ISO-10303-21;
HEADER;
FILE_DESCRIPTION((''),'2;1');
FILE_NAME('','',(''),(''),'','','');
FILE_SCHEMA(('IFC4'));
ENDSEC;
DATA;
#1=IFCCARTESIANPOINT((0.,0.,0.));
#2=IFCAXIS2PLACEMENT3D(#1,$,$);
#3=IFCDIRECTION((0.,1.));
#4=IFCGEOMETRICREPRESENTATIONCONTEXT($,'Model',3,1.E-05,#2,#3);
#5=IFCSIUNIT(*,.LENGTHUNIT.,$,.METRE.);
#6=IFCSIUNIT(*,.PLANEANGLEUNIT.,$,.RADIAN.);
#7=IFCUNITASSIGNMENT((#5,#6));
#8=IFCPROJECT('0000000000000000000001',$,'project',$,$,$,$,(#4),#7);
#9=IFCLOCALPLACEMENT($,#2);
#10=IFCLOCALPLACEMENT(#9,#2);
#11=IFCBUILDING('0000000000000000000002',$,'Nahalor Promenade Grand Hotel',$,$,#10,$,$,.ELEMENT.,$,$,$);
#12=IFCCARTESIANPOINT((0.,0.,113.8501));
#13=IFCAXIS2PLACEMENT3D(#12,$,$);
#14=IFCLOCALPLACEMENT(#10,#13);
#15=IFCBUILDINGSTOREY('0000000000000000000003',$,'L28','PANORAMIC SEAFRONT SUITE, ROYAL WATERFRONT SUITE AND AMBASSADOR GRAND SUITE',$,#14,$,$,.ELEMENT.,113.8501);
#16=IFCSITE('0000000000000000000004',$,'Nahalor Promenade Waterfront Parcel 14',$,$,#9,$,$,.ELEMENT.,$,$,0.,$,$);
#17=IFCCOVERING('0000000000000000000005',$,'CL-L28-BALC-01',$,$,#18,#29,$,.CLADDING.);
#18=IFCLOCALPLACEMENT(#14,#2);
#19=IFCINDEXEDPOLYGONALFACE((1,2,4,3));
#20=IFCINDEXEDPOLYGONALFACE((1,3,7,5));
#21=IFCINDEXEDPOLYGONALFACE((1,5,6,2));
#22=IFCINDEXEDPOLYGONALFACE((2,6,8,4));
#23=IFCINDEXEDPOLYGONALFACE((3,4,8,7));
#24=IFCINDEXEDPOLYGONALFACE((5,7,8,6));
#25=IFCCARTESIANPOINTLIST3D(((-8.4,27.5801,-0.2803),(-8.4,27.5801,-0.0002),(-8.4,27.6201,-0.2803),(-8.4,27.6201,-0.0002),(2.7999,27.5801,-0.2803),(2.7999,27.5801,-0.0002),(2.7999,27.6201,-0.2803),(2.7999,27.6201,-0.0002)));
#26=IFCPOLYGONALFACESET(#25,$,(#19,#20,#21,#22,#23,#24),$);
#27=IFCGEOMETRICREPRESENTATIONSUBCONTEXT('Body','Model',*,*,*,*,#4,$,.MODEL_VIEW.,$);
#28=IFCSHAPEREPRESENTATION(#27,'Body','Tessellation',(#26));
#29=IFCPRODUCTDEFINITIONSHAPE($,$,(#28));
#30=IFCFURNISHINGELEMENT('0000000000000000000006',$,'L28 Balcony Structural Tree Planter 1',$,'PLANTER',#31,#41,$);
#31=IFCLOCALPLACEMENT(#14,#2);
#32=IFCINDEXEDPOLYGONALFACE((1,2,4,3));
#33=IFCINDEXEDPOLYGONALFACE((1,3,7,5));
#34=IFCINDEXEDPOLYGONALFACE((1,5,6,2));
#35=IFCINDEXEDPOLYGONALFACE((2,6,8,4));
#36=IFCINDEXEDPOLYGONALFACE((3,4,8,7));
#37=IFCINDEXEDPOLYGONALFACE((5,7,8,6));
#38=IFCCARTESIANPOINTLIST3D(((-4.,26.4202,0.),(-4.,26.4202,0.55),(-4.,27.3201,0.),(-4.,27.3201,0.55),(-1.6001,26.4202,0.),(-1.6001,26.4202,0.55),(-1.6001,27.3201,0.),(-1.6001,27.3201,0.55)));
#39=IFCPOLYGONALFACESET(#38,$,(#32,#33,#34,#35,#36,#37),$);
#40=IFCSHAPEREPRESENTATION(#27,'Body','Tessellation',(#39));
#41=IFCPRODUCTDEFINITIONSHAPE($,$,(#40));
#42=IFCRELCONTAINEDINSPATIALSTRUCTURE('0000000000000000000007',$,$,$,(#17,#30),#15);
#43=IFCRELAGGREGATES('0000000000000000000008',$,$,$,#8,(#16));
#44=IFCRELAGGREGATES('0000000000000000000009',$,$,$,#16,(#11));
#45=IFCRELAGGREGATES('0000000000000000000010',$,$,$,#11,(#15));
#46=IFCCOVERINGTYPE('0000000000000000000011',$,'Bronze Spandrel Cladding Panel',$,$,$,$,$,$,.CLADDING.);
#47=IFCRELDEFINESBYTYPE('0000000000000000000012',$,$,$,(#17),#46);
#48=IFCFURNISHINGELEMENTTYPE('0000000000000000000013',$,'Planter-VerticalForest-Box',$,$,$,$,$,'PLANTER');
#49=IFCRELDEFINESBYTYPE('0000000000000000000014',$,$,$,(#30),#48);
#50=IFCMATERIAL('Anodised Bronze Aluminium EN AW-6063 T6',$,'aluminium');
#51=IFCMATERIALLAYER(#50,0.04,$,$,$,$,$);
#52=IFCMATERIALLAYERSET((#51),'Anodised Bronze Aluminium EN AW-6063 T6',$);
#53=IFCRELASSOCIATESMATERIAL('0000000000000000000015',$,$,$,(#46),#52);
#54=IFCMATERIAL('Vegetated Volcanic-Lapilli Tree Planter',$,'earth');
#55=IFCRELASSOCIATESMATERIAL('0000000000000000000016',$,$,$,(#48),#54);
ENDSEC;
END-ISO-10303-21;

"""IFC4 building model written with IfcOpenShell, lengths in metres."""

from ifc_helpers import new_model, si_unit, direction, frame, origin, origin_2d, place, context, subcontext, project, spatial, rectangle, extrude, source, transform, mapped, material, layer, layer_set, type_object, element, save


model = new_model("IFC4")

# Units and contexts
model_context = context("Model", 3, precision=1e-05, world=origin(), true_north=direction((0.0, 1.0)))
body_context = subcontext(model_context, "Body", "Model", "MODEL_VIEW")
ifc_project = project(units=[si_unit("LENGTHUNIT", "METRE"), si_unit("PLANEANGLEUNIT", "RADIAN")], contexts=[model_context])

# Site, building, storey
site_placement = place(None, origin())
site = spatial("IfcSite", under=ifc_project, at=site_placement, Name="Nahalor Promenade Waterfront Parcel 14", CompositionType="ELEMENT", RefElevation=0.0)
building_placement = place(site_placement, origin())
building = spatial("IfcBuilding", under=site, at=building_placement, Name="Nahalor Promenade Grand Hotel", CompositionType="ELEMENT")
storey_placement = place(building_placement, frame((0.0, 0.0, 113.8501)))
storey = spatial("IfcBuildingStorey", under=building, at=storey_placement, Name="L28", Description="PANORAMIC SEAFRONT SUITE, ROYAL WATERFRONT SUITE AND AMBASSADOR GRAND SUITE", CompositionType="ELEMENT", Elevation=113.8501)

# Shared definitions
ifc_material_1 = material(Name="Anodised Bronze Aluminium EN AW-6063 T6", Category="aluminium")

# Covering
ifc_layer_1 = layer(ifc_material_1, 0.04)
ifc_layer_set_1 = layer_set([ifc_layer_1], Name="Anodised Bronze Aluminium EN AW-6063 T6")
covering_type = type_object("IfcCoveringType", Name="Bronze Spandrel Cladding Panel", PredefinedType="CLADDING", material=ifc_layer_set_1)
shared_shape_1 = source(origin(), body_context, "Body", "SweptSolid", [
    extrude(rectangle(XDim=11.2, YDim=0.04, at=origin_2d()), origin(), (0.0, 0.0, 1.0), 0.28),
])
covering_placement = place(storey_placement, frame((-2.8, 27.6001, -0.2803), z_axis=(0.0, 0.0, 1.0), x_axis=(1.0, 0.0, 0.0)))
element("IfcCovering", 1, at=covering_placement, inside=storey, type_object=covering_type, Name="CL-L28-BALC-01", PredefinedType="CLADDING", context=body_context, shape_type="MappedRepresentation", body=[
    mapped(shared_shape_1, transform((0.0, 0.0, 0.0), scale=1.0)),
])

# Furnishing element
ifc_material_2 = material(Name="Vegetated Volcanic-Lapilli Tree Planter", Category="earth")
furnishing_element_type = type_object("IfcFurnishingElementType", Name="Planter-VerticalForest-Box", ElementType="PLANTER", material=ifc_material_2)
shared_shape_2 = source(origin(), body_context, "Body", "SweptSolid", [
    extrude(rectangle(XDim=2.3999, YDim=0.8999, at=origin_2d()), origin(), (0.0, 0.0, 1.0), 0.55),
])
furnishing_placement = place(storey_placement, frame((-2.8, 26.8701, 0.0), z_axis=(0.0, 0.0, 1.0), x_axis=(1.0, 0.0, 0.0)))
element("IfcFurnishingElement", 2, at=furnishing_placement, inside=storey, type_object=furnishing_element_type, Name="L28 Balcony Structural Tree Planter 1", ObjectType="PLANTER", context=body_context, shape_type="MappedRepresentation", body=[
    mapped(shared_shape_2, transform((0.0, 0.0, 0.0), scale=1.0)),
])

save(model, "model.ifc")
